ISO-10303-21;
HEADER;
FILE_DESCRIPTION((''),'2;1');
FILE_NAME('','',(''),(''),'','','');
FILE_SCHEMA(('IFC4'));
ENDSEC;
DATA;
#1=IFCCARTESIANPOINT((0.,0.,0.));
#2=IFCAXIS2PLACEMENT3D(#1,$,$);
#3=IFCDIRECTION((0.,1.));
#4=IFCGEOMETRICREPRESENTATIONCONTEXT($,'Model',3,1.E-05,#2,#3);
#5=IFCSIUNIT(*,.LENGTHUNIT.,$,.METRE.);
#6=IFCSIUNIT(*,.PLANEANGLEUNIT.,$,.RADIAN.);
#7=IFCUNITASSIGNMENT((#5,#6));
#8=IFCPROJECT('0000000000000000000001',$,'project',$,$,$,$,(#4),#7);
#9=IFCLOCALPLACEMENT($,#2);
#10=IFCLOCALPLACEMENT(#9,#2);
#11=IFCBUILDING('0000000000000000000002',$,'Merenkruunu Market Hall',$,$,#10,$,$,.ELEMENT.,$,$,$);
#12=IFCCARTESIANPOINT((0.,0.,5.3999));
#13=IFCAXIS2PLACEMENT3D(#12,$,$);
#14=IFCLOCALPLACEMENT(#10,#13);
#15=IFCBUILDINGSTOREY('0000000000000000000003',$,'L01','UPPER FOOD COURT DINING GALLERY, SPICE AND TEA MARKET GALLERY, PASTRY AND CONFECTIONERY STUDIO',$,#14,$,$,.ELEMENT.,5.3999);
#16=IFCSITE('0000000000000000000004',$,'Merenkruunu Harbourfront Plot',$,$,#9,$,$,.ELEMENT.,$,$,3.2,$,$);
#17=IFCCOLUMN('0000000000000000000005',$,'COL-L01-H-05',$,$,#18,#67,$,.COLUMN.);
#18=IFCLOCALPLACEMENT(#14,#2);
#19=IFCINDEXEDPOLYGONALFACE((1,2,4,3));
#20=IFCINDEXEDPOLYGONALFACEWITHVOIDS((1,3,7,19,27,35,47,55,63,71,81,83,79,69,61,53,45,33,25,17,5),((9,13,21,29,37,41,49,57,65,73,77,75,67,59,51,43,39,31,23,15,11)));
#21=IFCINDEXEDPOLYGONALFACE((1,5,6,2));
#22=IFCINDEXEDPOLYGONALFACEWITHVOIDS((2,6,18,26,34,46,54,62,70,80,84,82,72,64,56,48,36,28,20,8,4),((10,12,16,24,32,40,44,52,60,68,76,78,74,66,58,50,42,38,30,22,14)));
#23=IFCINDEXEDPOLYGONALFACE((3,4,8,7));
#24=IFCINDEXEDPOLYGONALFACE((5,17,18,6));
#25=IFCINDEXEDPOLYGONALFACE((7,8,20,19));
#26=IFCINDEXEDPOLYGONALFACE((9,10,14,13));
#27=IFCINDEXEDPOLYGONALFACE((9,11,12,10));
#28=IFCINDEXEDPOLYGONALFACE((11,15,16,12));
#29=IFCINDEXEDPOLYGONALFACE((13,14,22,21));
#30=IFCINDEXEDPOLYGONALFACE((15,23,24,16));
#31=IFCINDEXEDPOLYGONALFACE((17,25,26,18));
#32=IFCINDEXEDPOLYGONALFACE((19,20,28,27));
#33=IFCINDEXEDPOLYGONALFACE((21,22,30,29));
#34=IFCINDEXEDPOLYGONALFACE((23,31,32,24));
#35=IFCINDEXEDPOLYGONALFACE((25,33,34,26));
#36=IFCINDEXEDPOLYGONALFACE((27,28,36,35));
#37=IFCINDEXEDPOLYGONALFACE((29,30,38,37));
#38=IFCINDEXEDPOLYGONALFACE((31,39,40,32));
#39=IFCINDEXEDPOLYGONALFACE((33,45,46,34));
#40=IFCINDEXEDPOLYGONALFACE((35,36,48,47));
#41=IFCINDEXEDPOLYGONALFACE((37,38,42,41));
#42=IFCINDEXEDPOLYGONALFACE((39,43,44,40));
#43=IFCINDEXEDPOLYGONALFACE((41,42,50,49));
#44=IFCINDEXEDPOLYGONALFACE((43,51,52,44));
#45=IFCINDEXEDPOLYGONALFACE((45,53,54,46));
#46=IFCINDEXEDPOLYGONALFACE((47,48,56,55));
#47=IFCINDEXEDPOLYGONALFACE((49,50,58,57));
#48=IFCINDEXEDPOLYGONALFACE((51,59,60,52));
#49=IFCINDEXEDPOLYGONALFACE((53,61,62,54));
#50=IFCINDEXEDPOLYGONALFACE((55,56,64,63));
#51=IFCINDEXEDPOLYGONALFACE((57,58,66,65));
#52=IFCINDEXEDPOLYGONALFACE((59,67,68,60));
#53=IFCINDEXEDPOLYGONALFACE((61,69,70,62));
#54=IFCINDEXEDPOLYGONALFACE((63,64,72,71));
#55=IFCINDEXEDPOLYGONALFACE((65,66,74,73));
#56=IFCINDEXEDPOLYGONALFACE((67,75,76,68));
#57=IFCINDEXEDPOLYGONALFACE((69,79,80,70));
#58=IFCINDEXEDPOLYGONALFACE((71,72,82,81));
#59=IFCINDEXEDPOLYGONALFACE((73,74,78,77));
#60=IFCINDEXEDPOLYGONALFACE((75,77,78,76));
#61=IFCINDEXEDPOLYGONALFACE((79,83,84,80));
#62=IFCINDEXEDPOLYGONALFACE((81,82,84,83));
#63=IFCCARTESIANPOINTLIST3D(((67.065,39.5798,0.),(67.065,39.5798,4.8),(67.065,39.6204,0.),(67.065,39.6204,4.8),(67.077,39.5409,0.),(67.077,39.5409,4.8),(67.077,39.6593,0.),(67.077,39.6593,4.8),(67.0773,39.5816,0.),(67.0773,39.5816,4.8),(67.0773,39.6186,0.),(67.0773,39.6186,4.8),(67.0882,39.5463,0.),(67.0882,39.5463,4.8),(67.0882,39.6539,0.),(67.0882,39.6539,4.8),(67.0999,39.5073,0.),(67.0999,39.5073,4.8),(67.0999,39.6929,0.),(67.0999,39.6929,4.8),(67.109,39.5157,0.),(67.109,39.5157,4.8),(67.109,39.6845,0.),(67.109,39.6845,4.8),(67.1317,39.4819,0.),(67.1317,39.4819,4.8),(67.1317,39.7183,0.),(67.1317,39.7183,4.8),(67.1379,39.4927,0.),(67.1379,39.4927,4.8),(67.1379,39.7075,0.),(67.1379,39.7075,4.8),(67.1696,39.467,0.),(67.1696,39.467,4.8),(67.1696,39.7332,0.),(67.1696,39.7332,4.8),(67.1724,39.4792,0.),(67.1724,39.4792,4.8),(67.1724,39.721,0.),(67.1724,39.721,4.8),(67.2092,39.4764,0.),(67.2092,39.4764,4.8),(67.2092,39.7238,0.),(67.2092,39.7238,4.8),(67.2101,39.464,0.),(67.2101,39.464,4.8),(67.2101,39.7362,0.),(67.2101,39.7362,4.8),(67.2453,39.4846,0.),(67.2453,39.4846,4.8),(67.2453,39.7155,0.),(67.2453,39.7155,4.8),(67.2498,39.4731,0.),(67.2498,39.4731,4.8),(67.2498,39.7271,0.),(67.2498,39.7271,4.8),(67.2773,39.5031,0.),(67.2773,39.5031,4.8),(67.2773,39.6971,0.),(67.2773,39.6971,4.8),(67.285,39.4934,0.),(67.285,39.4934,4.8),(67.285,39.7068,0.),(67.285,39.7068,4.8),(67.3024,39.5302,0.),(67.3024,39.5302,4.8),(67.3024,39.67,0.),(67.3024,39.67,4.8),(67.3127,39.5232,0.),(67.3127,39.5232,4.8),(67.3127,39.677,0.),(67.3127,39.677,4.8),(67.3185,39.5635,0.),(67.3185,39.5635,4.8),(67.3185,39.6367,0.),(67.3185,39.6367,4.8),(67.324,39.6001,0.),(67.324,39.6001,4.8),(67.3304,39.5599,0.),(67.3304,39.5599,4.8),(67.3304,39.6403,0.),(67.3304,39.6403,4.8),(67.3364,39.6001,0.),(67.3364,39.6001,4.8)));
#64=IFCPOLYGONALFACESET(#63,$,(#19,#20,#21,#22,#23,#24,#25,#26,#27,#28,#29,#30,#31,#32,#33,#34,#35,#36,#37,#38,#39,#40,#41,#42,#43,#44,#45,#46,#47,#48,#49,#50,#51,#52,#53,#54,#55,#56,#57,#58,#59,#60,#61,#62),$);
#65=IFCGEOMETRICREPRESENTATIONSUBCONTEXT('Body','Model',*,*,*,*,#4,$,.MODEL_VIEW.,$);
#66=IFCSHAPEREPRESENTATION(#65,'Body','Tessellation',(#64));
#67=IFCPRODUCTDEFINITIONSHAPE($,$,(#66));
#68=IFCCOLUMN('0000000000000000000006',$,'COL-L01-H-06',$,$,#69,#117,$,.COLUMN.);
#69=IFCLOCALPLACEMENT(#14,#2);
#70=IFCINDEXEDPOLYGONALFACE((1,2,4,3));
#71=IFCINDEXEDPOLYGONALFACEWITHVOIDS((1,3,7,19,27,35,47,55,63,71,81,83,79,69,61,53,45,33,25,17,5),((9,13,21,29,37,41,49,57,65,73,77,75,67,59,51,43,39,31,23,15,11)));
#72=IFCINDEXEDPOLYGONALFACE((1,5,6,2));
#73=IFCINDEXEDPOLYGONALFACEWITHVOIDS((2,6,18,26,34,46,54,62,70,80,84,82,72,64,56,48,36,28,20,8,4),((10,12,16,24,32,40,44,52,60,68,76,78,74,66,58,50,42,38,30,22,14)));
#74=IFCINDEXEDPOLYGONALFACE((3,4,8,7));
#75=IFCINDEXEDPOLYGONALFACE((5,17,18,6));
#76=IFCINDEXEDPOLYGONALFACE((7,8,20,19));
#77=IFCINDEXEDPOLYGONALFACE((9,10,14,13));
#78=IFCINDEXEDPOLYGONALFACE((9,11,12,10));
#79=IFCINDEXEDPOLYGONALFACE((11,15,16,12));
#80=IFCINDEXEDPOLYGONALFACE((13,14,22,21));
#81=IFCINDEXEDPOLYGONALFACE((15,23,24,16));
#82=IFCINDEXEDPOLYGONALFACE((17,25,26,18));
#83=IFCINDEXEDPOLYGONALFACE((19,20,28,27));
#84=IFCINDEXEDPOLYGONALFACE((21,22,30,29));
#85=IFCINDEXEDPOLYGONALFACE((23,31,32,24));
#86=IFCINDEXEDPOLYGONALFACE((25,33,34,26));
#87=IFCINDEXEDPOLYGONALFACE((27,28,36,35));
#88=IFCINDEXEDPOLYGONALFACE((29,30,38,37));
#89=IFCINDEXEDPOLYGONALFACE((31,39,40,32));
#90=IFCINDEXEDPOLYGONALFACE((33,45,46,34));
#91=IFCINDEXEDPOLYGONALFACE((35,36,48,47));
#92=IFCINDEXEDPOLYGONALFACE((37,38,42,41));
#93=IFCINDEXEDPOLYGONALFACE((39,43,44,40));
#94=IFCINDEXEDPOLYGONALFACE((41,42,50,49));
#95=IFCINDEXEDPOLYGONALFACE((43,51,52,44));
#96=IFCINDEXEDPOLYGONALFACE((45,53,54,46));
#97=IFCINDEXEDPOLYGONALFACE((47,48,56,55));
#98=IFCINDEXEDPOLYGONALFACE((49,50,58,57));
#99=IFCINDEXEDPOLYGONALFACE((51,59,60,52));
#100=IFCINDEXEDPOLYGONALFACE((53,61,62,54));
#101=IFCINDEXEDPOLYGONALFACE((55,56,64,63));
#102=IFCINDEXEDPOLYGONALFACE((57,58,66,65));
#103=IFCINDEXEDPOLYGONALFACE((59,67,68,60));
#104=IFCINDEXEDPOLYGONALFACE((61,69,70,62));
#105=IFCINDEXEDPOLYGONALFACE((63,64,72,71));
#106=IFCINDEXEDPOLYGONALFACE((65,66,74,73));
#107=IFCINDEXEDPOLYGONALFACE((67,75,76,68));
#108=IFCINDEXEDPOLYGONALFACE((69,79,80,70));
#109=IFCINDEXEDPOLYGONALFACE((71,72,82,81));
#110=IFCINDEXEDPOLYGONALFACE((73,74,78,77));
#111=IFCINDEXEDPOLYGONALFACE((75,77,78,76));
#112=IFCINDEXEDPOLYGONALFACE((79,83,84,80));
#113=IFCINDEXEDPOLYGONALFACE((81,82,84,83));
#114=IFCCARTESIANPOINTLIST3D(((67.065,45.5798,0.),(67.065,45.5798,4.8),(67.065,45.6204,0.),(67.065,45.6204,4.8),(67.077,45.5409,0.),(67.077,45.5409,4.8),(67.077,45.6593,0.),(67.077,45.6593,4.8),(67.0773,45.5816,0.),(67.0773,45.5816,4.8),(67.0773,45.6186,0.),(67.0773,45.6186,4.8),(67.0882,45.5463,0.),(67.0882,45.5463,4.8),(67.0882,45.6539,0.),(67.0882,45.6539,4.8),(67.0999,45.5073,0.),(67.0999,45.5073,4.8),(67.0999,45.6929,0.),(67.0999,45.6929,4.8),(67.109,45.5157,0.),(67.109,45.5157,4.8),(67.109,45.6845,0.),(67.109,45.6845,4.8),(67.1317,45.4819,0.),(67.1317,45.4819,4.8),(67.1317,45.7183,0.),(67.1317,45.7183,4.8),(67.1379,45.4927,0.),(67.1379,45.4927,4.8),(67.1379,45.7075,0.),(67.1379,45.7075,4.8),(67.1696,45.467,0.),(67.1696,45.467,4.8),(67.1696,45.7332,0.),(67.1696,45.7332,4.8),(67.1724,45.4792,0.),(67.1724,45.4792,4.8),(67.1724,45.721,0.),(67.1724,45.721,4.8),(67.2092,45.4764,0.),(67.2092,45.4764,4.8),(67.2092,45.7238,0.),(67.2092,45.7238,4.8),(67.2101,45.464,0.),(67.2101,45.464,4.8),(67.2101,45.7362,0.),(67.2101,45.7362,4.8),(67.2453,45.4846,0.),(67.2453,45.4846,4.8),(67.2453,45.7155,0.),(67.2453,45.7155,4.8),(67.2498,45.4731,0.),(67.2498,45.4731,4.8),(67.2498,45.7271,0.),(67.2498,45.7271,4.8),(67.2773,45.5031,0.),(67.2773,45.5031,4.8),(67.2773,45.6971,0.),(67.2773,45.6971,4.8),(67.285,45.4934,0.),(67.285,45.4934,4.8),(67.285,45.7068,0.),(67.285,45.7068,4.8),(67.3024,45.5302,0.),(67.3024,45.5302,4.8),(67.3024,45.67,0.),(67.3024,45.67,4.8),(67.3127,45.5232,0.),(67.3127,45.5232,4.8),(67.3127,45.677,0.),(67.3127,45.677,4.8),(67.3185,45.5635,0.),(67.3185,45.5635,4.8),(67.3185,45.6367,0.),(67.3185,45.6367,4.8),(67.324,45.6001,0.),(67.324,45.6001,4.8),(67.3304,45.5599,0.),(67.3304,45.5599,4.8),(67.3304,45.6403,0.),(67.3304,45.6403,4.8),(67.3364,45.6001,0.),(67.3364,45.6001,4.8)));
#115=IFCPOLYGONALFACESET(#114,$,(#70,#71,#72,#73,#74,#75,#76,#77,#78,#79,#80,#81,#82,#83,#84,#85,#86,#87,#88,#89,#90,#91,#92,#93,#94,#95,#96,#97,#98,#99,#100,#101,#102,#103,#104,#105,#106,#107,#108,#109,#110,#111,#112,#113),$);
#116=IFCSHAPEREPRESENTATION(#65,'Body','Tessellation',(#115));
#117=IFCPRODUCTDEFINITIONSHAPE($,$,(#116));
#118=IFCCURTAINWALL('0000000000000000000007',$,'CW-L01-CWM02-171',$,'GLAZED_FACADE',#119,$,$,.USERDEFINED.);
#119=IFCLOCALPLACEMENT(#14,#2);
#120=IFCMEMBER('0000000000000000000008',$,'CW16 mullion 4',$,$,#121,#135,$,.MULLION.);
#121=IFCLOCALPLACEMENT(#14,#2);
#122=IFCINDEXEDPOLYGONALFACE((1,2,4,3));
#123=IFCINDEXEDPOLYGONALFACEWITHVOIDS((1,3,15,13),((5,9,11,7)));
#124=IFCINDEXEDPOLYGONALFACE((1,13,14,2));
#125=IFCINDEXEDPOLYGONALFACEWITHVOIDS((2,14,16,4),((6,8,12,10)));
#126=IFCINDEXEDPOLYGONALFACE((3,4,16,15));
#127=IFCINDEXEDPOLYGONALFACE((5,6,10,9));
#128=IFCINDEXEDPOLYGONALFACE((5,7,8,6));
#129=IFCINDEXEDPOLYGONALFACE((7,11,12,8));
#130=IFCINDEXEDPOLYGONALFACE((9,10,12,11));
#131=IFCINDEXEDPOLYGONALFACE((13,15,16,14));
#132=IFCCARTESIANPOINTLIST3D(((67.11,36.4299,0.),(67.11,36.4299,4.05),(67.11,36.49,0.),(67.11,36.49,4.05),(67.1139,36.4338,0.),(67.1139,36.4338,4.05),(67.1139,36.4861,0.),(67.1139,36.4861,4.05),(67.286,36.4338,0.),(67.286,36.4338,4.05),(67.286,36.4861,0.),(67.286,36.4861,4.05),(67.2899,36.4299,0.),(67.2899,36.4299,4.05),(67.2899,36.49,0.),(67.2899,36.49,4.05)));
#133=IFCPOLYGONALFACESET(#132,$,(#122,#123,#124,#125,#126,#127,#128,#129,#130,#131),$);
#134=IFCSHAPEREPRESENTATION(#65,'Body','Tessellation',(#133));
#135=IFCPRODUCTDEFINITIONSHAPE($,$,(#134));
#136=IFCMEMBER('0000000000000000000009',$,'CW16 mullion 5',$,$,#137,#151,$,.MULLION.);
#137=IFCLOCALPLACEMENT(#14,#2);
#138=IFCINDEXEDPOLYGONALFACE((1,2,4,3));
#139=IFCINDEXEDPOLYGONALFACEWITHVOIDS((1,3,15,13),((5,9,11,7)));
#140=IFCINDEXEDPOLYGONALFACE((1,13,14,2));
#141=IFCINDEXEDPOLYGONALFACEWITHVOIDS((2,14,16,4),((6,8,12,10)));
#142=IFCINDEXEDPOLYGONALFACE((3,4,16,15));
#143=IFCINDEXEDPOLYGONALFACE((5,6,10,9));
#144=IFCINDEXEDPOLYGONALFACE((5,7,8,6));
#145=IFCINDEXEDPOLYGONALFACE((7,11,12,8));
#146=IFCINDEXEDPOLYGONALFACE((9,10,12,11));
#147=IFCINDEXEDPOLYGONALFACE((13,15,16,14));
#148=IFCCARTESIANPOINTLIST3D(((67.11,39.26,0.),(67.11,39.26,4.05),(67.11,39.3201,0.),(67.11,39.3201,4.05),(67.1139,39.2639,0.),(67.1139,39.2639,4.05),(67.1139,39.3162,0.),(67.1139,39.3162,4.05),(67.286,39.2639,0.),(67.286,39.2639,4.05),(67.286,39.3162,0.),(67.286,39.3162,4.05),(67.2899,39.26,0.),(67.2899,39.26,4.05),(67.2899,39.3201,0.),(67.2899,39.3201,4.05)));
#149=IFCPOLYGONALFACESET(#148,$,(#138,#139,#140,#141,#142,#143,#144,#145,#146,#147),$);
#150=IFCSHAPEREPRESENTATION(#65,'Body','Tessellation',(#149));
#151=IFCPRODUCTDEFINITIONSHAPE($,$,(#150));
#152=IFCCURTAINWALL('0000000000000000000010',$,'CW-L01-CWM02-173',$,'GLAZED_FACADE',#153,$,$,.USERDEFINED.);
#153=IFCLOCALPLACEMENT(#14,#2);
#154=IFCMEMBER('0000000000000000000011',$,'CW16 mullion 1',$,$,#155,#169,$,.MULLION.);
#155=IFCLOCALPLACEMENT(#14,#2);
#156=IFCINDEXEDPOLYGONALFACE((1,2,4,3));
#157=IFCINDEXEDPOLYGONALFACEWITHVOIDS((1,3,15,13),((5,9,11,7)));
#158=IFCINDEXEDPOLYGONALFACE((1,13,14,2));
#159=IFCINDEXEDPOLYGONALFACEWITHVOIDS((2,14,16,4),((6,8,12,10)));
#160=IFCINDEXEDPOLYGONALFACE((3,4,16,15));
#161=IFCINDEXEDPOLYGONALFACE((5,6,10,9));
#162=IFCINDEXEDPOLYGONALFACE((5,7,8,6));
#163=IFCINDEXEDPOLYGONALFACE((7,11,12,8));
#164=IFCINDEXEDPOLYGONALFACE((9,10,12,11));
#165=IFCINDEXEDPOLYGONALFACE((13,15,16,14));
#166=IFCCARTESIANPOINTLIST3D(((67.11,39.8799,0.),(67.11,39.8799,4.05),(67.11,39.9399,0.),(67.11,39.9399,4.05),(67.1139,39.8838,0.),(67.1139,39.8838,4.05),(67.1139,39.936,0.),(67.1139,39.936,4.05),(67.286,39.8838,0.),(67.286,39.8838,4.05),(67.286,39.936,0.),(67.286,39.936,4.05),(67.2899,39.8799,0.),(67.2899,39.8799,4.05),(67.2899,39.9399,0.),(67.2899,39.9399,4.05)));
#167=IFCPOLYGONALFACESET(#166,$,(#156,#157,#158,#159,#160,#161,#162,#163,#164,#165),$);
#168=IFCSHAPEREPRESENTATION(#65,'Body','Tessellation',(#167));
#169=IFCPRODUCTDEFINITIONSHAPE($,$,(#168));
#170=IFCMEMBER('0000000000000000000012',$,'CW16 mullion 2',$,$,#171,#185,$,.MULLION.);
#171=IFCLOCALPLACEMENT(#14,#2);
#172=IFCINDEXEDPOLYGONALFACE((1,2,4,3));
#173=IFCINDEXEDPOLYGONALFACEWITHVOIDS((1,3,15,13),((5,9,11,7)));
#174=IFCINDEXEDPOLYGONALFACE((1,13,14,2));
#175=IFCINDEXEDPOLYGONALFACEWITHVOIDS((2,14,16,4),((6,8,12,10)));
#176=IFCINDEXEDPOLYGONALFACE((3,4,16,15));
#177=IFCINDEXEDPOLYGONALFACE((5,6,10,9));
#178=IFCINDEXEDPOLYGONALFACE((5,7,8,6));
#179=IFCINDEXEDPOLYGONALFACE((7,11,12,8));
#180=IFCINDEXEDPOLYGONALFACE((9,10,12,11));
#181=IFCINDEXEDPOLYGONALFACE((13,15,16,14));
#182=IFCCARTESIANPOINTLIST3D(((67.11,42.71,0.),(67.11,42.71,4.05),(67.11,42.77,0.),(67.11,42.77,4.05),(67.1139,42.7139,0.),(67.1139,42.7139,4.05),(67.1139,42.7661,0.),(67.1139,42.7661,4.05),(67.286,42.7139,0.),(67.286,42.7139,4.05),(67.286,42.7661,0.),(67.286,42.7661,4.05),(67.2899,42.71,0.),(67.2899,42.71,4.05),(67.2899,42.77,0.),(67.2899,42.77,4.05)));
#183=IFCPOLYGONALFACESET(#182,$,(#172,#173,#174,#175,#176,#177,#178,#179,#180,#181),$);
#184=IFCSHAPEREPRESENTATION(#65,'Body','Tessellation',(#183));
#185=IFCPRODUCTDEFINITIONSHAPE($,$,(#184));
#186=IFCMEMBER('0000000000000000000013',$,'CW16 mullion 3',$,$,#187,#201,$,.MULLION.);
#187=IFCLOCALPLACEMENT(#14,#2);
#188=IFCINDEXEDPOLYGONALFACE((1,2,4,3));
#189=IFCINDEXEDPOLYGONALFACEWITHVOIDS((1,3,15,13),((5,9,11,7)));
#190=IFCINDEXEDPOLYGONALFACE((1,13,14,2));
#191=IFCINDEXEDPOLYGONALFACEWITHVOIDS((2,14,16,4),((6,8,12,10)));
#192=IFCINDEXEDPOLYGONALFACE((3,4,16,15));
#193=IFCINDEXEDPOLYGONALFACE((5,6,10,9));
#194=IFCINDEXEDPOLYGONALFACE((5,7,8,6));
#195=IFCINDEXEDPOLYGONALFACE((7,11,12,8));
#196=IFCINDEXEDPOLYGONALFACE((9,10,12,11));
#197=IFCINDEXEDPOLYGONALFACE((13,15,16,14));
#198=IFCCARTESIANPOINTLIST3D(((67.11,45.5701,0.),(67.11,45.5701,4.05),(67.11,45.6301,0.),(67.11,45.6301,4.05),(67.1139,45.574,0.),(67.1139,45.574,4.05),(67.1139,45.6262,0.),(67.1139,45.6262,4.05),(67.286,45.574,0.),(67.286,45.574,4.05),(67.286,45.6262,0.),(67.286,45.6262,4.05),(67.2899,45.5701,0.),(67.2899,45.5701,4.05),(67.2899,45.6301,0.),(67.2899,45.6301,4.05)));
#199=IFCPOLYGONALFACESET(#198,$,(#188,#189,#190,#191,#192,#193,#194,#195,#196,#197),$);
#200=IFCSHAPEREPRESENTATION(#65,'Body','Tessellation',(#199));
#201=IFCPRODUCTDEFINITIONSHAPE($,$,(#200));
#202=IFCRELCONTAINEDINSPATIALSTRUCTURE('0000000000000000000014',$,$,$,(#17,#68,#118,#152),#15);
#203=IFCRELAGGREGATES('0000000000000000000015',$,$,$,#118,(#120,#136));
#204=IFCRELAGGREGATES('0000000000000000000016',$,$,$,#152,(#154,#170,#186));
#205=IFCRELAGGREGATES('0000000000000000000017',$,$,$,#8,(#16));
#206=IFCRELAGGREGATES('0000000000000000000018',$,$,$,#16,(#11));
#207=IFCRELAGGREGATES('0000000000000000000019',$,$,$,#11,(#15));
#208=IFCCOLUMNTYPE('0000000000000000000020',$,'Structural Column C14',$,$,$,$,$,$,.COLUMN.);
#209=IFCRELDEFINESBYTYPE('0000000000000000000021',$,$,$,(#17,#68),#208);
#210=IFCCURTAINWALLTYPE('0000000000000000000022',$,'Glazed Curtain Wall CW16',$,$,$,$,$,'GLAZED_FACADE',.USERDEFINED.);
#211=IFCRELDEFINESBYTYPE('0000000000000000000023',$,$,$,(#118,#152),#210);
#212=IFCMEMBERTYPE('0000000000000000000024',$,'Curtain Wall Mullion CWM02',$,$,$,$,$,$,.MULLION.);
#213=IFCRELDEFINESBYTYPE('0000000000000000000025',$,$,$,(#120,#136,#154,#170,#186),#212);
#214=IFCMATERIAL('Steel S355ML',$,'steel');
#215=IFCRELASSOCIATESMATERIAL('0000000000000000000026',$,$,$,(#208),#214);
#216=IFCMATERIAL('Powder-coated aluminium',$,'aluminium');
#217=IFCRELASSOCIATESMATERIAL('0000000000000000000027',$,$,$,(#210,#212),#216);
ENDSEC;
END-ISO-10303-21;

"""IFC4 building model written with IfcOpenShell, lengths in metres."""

from ifc_helpers import new_model, si_unit, direction, frame, origin, origin_2d, place, context, subcontext, project, spatial, hollow_rectangle, hollow_circle, extrude, material, material_profile, profile_set, type_object, element, aggregate, save


model = new_model("IFC4")

# Units and contexts
model_context = context("Model", 3, precision=1e-05, world=origin(), true_north=direction((0.0, 1.0)))
body_context = subcontext(model_context, "Body", "Model", "MODEL_VIEW")
ifc_project = project(units=[si_unit("LENGTHUNIT", "METRE"), si_unit("PLANEANGLEUNIT", "RADIAN")], contexts=[model_context])

# Site, building, storey
site_placement = place(None, origin())
site = spatial("IfcSite", under=ifc_project, at=site_placement, Name="Merenkruunu Harbourfront Plot", CompositionType="ELEMENT", RefElevation=3.2)
building_placement = place(site_placement, origin())
building = spatial("IfcBuilding", under=site, at=building_placement, Name="Merenkruunu Market Hall", CompositionType="ELEMENT")
storey_placement = place(building_placement, frame((0.0, 0.0, 5.3999)))
storey = spatial("IfcBuildingStorey", under=building, at=storey_placement, Name="L01", Description="UPPER FOOD COURT DINING GALLERY, SPICE AND TEA MARKET GALLERY, PASTRY AND CONFECTIONERY STUDIO", CompositionType="ELEMENT", Elevation=5.3999)

# Columns
ifc_material_1 = material(Name="Steel S355ML", Category="steel")
ifc_material_profile_1 = material_profile(ifc_material_1, hollow_circle(Radius=0.1365, WallThickness=0.0125, at=origin_2d()), Name="CHS 273x12.5")
ifc_profile_set_1 = profile_set([ifc_material_profile_1], Name="Steel S355ML")
column_type = type_object("IfcColumnType", Name="Structural Column C14", PredefinedType="COLUMN", material=ifc_profile_set_1)
for number, where, z_axis, x_axis, name in (
    (1, (67.2, 39.6001, 0.0), (0.0, 0.0, 1.0), (1.0, 0.0, 0.0), "COL-L01-H-05"),
    (2, (67.2, 45.6001, 0.0), (0.0, 0.0, 1.0), (1.0, 0.0, 0.0), "COL-L01-H-06"),
):
    element("IfcColumn", number, at=place(storey_placement, frame(where, z_axis=z_axis, x_axis=x_axis)), inside=storey, type_object=column_type, Name=name, PredefinedType="COLUMN", context=body_context, shape_type="SweptSolid", body=[
        extrude(hollow_circle(Radius=0.1365, WallThickness=0.0125, at=origin_2d()), origin(), (0.0, 0.0, 1.0), 4.8),
    ])

# Curtain walls, members
ifc_material_2 = material(Name="Powder-coated aluminium", Category="aluminium")
curtain_wall_type = type_object("IfcCurtainWallType", Name="Glazed Curtain Wall CW16", ElementType="GLAZED_FACADE", PredefinedType="USERDEFINED", material=ifc_material_2)
curtain_wall_1_placement = place(storey_placement, origin())
curtain_wall_1 = element("IfcCurtainWall", 3, at=curtain_wall_1_placement, inside=storey, type_object=curtain_wall_type, Name="CW-L01-CWM02-171", ObjectType="GLAZED_FACADE", PredefinedType="USERDEFINED")
ifc_material_profile_2 = material_profile(ifc_material_2, hollow_rectangle(XDim=0.0601, YDim=0.1799, WallThickness=0.0039, at=origin_2d()), Name="ALU 60x180x4")
ifc_profile_set_2 = profile_set([ifc_material_profile_2], Name="Powder-coated aluminium")
member_type_1 = type_object("IfcMemberType", Name="Curtain Wall Mullion CWM02", PredefinedType="MULLION", material=ifc_profile_set_2)
member_1_placement = place(storey_placement, frame((67.2, 36.46, 0.0), z_axis=(0.0, 0.0, 1.0), x_axis=(0.0, 1.0, 0.0)))
member_1 = element("IfcMember", 4, at=member_1_placement, type_object=member_type_1, Name="CW16 mullion 4", PredefinedType="MULLION", context=body_context, shape_type="SweptSolid", body=[
    extrude(hollow_rectangle(XDim=0.0601, YDim=0.1799, WallThickness=0.0039, at=origin_2d()), origin(), (0.0, 0.0, 1.0), 4.05),
])
member_2_placement = place(storey_placement, frame((67.2, 39.29, 0.0), z_axis=(0.0, 0.0, 1.0), x_axis=(0.0, 1.0, 0.0)))
member_2 = element("IfcMember", 5, at=member_2_placement, type_object=member_type_1, Name="CW16 mullion 5", PredefinedType="MULLION", context=body_context, shape_type="SweptSolid", body=[
    extrude(hollow_rectangle(XDim=0.0601, YDim=0.1799, WallThickness=0.0039, at=origin_2d()), origin(), (0.0, 0.0, 1.0), 4.05),
])
curtain_wall_2_placement = place(storey_placement, origin())
curtain_wall_2 = element("IfcCurtainWall", 6, at=curtain_wall_2_placement, inside=storey, type_object=curtain_wall_type, Name="CW-L01-CWM02-173", ObjectType="GLAZED_FACADE", PredefinedType="USERDEFINED")
member_3_placement = place(storey_placement, frame((67.2, 39.9099, 0.0), z_axis=(0.0, 0.0, 1.0), x_axis=(0.0, 1.0, 0.0)))
member_3 = element("IfcMember", 7, at=member_3_placement, type_object=member_type_1, Name="CW16 mullion 1", PredefinedType="MULLION", context=body_context, shape_type="SweptSolid", body=[
    extrude(hollow_rectangle(XDim=0.0601, YDim=0.1799, WallThickness=0.0039, at=origin_2d()), origin(), (0.0, 0.0, 1.0), 4.05),
])
member_4_placement = place(storey_placement, frame((67.2, 42.74, 0.0), z_axis=(0.0, 0.0, 1.0), x_axis=(0.0, 1.0, 0.0)))
member_4 = element("IfcMember", 8, at=member_4_placement, type_object=member_type_1, Name="CW16 mullion 2", PredefinedType="MULLION", context=body_context, shape_type="SweptSolid", body=[
    extrude(hollow_rectangle(XDim=0.0601, YDim=0.1799, WallThickness=0.0039, at=origin_2d()), origin(), (0.0, 0.0, 1.0), 4.05),
])
member_5_placement = place(storey_placement, frame((67.2, 45.6001, 0.0), z_axis=(0.0, 0.0, 1.0), x_axis=(0.0, 1.0, 0.0)))
member_5 = element("IfcMember", 9, at=member_5_placement, type_object=member_type_1, Name="CW16 mullion 3", PredefinedType="MULLION", context=body_context, shape_type="SweptSolid", body=[
    extrude(hollow_rectangle(XDim=0.0601, YDim=0.1799, WallThickness=0.0039, at=origin_2d()), origin(), (0.0, 0.0, 1.0), 4.05),
])

aggregate(curtain_wall_1, [member_1, member_2])
aggregate(curtain_wall_2, [member_3, member_4, member_5])

save(model, "model.ifc")
